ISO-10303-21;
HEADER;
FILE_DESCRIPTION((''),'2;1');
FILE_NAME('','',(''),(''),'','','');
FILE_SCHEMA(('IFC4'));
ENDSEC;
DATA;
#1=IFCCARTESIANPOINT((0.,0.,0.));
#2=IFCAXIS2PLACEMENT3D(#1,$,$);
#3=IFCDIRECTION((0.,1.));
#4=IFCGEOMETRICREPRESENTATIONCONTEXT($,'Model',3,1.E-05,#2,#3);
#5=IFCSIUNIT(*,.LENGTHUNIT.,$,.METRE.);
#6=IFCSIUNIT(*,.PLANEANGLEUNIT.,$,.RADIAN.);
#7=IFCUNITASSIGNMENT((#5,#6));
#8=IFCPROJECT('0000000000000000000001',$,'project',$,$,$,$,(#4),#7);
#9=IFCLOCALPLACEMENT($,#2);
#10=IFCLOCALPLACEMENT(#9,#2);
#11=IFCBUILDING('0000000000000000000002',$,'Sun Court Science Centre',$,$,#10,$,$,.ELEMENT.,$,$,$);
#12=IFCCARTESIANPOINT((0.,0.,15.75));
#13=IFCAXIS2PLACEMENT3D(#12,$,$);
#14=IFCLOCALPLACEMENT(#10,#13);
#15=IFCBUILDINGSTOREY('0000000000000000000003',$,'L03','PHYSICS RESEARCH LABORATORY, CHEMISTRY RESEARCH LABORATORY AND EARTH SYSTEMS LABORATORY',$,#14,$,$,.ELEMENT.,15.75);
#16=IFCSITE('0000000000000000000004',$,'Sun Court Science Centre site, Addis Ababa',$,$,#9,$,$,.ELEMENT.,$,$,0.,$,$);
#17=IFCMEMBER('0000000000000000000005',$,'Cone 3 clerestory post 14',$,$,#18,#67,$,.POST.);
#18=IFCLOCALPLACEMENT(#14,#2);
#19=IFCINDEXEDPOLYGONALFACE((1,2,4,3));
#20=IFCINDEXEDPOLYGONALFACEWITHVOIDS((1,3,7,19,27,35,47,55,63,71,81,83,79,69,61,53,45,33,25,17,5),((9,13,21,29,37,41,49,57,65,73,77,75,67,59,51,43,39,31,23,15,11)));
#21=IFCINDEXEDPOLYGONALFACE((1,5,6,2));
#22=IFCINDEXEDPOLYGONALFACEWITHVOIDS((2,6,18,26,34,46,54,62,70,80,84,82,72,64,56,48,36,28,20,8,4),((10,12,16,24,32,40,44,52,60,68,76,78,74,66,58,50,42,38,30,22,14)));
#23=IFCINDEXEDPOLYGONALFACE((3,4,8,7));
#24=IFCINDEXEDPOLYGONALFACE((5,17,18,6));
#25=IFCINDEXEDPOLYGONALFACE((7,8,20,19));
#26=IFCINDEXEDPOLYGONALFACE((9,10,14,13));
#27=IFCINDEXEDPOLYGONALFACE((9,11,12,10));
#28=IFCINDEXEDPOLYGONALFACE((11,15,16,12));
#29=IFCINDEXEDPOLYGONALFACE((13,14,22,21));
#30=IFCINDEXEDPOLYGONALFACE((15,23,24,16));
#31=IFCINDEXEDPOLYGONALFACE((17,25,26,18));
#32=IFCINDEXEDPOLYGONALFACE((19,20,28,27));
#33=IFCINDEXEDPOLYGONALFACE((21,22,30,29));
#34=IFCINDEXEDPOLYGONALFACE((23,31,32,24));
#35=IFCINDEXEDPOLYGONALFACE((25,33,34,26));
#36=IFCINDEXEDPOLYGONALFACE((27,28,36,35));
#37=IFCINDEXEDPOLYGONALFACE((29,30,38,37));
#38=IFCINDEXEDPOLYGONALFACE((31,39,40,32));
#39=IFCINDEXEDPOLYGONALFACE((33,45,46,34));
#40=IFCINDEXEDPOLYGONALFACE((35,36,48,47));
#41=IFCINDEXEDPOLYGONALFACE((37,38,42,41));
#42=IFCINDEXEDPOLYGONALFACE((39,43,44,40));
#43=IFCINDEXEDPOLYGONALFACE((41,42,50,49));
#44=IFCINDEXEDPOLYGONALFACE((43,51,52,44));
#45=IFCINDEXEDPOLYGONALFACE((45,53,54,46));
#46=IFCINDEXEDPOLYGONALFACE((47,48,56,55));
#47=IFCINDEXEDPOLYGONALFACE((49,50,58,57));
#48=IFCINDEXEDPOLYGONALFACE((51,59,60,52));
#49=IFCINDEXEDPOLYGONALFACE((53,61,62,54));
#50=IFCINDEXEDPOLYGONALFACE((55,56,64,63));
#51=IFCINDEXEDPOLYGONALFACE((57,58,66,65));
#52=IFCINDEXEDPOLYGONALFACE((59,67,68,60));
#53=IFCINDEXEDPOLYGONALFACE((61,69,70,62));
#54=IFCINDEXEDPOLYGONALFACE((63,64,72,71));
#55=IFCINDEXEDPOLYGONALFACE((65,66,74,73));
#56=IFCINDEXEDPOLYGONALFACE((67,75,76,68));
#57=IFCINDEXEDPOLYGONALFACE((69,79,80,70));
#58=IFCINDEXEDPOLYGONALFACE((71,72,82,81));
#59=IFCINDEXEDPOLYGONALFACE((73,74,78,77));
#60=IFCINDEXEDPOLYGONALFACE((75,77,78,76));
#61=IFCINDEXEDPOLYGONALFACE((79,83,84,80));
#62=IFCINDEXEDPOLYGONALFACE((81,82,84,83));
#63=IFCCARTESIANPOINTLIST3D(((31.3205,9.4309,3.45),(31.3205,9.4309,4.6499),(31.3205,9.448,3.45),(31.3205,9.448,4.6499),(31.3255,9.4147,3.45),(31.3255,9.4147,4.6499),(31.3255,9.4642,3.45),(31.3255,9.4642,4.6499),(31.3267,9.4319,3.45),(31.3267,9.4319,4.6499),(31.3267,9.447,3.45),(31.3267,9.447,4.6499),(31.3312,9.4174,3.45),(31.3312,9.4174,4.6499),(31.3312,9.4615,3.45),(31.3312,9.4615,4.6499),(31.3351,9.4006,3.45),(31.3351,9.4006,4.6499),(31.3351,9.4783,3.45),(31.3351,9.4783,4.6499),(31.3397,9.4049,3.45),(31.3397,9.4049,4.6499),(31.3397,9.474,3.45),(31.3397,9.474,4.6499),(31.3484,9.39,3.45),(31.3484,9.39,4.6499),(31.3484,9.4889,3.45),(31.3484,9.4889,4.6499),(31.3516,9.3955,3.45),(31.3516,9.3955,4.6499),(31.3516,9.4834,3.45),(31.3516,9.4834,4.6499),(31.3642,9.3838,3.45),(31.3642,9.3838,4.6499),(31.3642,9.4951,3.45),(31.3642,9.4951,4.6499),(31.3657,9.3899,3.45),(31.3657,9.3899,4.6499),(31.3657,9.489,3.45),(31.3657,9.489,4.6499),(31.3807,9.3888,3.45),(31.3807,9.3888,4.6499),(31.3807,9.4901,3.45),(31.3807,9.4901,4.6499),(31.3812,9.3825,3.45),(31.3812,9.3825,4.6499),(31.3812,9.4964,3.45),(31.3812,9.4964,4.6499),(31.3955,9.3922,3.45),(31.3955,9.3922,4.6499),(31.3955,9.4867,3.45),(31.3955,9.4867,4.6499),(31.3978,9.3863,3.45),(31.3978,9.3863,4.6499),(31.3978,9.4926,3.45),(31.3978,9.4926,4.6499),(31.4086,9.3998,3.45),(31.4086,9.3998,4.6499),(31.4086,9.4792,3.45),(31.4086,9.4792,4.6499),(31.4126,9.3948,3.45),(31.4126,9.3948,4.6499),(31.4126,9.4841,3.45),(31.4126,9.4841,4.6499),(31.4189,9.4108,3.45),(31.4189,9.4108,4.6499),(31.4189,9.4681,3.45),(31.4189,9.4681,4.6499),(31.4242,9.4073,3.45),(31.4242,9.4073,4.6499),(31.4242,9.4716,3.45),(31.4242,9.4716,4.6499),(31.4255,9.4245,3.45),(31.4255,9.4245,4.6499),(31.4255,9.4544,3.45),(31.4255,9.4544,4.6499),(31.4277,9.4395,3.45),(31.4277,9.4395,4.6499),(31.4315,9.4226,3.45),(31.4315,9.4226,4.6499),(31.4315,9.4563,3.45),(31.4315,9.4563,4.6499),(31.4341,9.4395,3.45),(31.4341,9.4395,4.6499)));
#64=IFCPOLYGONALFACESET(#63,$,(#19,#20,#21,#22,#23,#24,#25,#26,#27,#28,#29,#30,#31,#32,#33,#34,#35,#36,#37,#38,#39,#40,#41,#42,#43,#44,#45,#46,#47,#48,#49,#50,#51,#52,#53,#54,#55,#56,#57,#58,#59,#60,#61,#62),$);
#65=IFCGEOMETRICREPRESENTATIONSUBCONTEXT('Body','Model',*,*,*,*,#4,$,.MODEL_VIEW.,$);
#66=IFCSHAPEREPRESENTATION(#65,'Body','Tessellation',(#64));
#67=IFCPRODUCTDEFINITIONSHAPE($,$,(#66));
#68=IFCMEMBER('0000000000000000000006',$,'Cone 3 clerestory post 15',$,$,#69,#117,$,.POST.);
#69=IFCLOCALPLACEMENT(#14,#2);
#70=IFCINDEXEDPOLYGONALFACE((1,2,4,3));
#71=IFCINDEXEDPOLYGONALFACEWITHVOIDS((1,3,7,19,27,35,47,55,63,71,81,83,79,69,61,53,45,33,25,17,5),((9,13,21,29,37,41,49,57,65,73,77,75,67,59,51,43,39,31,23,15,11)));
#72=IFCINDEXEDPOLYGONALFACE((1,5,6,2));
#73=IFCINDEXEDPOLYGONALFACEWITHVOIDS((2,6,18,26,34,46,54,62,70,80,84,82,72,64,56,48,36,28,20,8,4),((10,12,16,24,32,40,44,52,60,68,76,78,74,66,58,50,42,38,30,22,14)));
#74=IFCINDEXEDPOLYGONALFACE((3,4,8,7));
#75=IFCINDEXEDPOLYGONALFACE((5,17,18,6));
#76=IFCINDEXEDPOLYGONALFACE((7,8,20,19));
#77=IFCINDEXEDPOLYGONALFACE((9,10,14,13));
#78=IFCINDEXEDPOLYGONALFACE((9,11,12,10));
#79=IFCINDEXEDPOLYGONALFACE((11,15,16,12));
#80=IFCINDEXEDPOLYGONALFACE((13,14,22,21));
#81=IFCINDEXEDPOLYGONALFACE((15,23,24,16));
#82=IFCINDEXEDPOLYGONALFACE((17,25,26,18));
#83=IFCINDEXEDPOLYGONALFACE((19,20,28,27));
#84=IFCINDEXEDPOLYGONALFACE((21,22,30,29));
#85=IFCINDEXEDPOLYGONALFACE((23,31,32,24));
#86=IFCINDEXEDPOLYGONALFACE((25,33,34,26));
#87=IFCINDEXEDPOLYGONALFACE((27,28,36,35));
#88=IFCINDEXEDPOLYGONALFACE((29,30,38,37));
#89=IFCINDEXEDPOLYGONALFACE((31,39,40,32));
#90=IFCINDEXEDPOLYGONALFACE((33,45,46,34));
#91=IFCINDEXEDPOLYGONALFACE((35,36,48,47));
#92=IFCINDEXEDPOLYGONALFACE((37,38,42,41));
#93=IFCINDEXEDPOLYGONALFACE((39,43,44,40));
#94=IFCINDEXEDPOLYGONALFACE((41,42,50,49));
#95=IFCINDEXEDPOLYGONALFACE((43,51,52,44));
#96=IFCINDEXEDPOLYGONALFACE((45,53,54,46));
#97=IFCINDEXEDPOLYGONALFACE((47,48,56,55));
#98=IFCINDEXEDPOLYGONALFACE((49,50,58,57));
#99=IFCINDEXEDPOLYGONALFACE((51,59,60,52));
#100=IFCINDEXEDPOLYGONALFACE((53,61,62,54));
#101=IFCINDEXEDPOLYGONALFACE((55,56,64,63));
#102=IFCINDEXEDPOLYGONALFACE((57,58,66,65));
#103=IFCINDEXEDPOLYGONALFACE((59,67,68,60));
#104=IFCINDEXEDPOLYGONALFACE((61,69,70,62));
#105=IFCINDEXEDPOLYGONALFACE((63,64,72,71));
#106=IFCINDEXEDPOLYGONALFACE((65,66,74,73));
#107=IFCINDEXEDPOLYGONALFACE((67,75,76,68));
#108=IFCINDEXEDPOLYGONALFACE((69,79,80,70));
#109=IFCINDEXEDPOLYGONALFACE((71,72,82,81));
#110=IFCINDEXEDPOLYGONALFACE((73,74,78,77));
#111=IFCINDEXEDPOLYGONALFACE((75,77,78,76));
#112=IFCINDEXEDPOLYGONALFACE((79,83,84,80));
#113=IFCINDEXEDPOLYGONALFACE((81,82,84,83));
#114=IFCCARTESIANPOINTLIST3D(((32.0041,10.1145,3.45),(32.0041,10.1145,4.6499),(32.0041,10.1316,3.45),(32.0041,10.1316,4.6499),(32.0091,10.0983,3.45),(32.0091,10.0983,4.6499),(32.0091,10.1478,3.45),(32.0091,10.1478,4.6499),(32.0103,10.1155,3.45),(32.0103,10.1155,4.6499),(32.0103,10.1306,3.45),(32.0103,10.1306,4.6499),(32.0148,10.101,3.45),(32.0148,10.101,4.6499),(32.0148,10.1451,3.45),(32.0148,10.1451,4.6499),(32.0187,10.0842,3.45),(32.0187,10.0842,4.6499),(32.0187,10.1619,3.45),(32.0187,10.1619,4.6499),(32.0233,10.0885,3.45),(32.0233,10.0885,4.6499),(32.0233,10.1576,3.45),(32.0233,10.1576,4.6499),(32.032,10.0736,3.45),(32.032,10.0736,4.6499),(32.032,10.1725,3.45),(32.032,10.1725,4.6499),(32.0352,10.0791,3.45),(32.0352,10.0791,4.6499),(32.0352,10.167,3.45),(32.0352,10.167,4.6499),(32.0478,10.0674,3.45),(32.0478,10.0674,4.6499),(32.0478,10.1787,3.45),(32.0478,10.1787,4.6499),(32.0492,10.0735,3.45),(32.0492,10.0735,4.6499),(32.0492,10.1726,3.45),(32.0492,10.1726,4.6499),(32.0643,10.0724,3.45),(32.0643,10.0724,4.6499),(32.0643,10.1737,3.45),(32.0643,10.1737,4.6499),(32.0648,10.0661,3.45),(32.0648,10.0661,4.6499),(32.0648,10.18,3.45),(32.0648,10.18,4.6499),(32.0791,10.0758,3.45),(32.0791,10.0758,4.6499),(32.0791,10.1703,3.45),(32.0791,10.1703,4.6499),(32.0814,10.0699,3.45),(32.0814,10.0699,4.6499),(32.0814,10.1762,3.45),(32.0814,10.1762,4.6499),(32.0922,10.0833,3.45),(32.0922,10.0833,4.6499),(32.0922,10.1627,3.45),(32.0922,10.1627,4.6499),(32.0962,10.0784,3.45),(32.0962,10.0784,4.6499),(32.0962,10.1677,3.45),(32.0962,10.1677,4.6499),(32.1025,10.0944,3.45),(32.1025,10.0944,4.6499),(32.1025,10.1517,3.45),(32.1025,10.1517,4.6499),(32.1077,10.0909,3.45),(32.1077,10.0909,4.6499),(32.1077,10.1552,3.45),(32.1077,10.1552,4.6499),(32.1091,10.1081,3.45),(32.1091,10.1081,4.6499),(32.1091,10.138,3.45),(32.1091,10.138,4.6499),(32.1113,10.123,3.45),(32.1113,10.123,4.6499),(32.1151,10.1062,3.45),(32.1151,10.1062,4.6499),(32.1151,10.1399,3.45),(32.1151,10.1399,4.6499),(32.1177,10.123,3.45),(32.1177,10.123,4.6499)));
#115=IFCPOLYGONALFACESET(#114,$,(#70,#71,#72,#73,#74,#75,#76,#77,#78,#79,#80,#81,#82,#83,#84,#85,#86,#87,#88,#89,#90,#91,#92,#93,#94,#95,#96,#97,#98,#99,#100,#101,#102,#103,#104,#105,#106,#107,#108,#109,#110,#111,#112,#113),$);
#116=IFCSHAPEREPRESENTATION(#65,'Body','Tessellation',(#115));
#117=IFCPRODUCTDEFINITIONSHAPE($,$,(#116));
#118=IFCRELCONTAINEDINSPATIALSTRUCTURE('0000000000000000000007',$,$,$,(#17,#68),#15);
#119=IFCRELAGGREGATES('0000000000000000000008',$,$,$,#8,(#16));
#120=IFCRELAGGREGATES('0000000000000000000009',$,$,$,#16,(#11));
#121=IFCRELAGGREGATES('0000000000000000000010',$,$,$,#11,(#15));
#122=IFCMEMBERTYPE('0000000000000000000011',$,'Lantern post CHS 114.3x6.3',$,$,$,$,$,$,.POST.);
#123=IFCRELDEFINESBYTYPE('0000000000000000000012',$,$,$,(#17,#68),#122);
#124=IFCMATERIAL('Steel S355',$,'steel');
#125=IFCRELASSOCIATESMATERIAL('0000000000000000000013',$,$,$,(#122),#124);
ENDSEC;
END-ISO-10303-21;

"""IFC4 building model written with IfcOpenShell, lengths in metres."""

from ifc_helpers import new_model, si_unit, direction, frame, origin, origin_2d, place, context, subcontext, project, spatial, hollow_circle, extrude, material, material_profile, profile_set, type_object, element, save


model = new_model("IFC4")

# Units and contexts
model_context = context("Model", 3, precision=1e-05, world=origin(), true_north=direction((0.0, 1.0)))
body_context = subcontext(model_context, "Body", "Model", "MODEL_VIEW")
ifc_project = project(units=[si_unit("LENGTHUNIT", "METRE"), si_unit("PLANEANGLEUNIT", "RADIAN")], contexts=[model_context])

# Site, building, storey
site_placement = place(None, origin())
site = spatial("IfcSite", under=ifc_project, at=site_placement, Name="Sun Court Science Centre site, Addis Ababa", CompositionType="ELEMENT", RefElevation=0.0)
building_placement = place(site_placement, origin())
building = spatial("IfcBuilding", under=site, at=building_placement, Name="Sun Court Science Centre", CompositionType="ELEMENT")
storey_placement = place(building_placement, frame((0.0, 0.0, 15.75)))
storey = spatial("IfcBuildingStorey", under=building, at=storey_placement, Name="L03", Description="PHYSICS RESEARCH LABORATORY, CHEMISTRY RESEARCH LABORATORY AND EARTH SYSTEMS LABORATORY", CompositionType="ELEMENT", Elevation=15.75)

# Members
ifc_material_1 = material(Name="Steel S355", Category="steel")
ifc_material_profile_1 = material_profile(ifc_material_1, hollow_circle(Radius=0.0571, WallThickness=0.0063, at=origin_2d()), Name="CHS 114.3x6.3")
ifc_profile_set_1 = profile_set([ifc_material_profile_1], Name="Steel S355")
member_type_1 = type_object("IfcMemberType", Name="Lantern post CHS 114.3x6.3", PredefinedType="POST", material=ifc_profile_set_1)
for number, where, z_axis, x_axis, name in (
    (1, (31.377, 9.4395, 3.45), (0.0, 0.0, 1.0), (1.0, 0.0, 0.0), "Cone 3 clerestory post 14"),
    (2, (32.0605, 10.123, 3.45), (0.0, 0.0, 1.0), (1.0, 0.0, 0.0), "Cone 3 clerestory post 15"),
):
    element("IfcMember", number, at=place(storey_placement, frame(where, z_axis=z_axis, x_axis=x_axis)), inside=storey, type_object=member_type_1, Name=name, PredefinedType="POST", context=body_context, shape_type="SweptSolid", body=[
        extrude(hollow_circle(Radius=0.0571, WallThickness=0.0063, at=origin_2d()), origin(), (0.0, 0.0, 1.0), 1.2),
    ])

save(model, "model.ifc")
